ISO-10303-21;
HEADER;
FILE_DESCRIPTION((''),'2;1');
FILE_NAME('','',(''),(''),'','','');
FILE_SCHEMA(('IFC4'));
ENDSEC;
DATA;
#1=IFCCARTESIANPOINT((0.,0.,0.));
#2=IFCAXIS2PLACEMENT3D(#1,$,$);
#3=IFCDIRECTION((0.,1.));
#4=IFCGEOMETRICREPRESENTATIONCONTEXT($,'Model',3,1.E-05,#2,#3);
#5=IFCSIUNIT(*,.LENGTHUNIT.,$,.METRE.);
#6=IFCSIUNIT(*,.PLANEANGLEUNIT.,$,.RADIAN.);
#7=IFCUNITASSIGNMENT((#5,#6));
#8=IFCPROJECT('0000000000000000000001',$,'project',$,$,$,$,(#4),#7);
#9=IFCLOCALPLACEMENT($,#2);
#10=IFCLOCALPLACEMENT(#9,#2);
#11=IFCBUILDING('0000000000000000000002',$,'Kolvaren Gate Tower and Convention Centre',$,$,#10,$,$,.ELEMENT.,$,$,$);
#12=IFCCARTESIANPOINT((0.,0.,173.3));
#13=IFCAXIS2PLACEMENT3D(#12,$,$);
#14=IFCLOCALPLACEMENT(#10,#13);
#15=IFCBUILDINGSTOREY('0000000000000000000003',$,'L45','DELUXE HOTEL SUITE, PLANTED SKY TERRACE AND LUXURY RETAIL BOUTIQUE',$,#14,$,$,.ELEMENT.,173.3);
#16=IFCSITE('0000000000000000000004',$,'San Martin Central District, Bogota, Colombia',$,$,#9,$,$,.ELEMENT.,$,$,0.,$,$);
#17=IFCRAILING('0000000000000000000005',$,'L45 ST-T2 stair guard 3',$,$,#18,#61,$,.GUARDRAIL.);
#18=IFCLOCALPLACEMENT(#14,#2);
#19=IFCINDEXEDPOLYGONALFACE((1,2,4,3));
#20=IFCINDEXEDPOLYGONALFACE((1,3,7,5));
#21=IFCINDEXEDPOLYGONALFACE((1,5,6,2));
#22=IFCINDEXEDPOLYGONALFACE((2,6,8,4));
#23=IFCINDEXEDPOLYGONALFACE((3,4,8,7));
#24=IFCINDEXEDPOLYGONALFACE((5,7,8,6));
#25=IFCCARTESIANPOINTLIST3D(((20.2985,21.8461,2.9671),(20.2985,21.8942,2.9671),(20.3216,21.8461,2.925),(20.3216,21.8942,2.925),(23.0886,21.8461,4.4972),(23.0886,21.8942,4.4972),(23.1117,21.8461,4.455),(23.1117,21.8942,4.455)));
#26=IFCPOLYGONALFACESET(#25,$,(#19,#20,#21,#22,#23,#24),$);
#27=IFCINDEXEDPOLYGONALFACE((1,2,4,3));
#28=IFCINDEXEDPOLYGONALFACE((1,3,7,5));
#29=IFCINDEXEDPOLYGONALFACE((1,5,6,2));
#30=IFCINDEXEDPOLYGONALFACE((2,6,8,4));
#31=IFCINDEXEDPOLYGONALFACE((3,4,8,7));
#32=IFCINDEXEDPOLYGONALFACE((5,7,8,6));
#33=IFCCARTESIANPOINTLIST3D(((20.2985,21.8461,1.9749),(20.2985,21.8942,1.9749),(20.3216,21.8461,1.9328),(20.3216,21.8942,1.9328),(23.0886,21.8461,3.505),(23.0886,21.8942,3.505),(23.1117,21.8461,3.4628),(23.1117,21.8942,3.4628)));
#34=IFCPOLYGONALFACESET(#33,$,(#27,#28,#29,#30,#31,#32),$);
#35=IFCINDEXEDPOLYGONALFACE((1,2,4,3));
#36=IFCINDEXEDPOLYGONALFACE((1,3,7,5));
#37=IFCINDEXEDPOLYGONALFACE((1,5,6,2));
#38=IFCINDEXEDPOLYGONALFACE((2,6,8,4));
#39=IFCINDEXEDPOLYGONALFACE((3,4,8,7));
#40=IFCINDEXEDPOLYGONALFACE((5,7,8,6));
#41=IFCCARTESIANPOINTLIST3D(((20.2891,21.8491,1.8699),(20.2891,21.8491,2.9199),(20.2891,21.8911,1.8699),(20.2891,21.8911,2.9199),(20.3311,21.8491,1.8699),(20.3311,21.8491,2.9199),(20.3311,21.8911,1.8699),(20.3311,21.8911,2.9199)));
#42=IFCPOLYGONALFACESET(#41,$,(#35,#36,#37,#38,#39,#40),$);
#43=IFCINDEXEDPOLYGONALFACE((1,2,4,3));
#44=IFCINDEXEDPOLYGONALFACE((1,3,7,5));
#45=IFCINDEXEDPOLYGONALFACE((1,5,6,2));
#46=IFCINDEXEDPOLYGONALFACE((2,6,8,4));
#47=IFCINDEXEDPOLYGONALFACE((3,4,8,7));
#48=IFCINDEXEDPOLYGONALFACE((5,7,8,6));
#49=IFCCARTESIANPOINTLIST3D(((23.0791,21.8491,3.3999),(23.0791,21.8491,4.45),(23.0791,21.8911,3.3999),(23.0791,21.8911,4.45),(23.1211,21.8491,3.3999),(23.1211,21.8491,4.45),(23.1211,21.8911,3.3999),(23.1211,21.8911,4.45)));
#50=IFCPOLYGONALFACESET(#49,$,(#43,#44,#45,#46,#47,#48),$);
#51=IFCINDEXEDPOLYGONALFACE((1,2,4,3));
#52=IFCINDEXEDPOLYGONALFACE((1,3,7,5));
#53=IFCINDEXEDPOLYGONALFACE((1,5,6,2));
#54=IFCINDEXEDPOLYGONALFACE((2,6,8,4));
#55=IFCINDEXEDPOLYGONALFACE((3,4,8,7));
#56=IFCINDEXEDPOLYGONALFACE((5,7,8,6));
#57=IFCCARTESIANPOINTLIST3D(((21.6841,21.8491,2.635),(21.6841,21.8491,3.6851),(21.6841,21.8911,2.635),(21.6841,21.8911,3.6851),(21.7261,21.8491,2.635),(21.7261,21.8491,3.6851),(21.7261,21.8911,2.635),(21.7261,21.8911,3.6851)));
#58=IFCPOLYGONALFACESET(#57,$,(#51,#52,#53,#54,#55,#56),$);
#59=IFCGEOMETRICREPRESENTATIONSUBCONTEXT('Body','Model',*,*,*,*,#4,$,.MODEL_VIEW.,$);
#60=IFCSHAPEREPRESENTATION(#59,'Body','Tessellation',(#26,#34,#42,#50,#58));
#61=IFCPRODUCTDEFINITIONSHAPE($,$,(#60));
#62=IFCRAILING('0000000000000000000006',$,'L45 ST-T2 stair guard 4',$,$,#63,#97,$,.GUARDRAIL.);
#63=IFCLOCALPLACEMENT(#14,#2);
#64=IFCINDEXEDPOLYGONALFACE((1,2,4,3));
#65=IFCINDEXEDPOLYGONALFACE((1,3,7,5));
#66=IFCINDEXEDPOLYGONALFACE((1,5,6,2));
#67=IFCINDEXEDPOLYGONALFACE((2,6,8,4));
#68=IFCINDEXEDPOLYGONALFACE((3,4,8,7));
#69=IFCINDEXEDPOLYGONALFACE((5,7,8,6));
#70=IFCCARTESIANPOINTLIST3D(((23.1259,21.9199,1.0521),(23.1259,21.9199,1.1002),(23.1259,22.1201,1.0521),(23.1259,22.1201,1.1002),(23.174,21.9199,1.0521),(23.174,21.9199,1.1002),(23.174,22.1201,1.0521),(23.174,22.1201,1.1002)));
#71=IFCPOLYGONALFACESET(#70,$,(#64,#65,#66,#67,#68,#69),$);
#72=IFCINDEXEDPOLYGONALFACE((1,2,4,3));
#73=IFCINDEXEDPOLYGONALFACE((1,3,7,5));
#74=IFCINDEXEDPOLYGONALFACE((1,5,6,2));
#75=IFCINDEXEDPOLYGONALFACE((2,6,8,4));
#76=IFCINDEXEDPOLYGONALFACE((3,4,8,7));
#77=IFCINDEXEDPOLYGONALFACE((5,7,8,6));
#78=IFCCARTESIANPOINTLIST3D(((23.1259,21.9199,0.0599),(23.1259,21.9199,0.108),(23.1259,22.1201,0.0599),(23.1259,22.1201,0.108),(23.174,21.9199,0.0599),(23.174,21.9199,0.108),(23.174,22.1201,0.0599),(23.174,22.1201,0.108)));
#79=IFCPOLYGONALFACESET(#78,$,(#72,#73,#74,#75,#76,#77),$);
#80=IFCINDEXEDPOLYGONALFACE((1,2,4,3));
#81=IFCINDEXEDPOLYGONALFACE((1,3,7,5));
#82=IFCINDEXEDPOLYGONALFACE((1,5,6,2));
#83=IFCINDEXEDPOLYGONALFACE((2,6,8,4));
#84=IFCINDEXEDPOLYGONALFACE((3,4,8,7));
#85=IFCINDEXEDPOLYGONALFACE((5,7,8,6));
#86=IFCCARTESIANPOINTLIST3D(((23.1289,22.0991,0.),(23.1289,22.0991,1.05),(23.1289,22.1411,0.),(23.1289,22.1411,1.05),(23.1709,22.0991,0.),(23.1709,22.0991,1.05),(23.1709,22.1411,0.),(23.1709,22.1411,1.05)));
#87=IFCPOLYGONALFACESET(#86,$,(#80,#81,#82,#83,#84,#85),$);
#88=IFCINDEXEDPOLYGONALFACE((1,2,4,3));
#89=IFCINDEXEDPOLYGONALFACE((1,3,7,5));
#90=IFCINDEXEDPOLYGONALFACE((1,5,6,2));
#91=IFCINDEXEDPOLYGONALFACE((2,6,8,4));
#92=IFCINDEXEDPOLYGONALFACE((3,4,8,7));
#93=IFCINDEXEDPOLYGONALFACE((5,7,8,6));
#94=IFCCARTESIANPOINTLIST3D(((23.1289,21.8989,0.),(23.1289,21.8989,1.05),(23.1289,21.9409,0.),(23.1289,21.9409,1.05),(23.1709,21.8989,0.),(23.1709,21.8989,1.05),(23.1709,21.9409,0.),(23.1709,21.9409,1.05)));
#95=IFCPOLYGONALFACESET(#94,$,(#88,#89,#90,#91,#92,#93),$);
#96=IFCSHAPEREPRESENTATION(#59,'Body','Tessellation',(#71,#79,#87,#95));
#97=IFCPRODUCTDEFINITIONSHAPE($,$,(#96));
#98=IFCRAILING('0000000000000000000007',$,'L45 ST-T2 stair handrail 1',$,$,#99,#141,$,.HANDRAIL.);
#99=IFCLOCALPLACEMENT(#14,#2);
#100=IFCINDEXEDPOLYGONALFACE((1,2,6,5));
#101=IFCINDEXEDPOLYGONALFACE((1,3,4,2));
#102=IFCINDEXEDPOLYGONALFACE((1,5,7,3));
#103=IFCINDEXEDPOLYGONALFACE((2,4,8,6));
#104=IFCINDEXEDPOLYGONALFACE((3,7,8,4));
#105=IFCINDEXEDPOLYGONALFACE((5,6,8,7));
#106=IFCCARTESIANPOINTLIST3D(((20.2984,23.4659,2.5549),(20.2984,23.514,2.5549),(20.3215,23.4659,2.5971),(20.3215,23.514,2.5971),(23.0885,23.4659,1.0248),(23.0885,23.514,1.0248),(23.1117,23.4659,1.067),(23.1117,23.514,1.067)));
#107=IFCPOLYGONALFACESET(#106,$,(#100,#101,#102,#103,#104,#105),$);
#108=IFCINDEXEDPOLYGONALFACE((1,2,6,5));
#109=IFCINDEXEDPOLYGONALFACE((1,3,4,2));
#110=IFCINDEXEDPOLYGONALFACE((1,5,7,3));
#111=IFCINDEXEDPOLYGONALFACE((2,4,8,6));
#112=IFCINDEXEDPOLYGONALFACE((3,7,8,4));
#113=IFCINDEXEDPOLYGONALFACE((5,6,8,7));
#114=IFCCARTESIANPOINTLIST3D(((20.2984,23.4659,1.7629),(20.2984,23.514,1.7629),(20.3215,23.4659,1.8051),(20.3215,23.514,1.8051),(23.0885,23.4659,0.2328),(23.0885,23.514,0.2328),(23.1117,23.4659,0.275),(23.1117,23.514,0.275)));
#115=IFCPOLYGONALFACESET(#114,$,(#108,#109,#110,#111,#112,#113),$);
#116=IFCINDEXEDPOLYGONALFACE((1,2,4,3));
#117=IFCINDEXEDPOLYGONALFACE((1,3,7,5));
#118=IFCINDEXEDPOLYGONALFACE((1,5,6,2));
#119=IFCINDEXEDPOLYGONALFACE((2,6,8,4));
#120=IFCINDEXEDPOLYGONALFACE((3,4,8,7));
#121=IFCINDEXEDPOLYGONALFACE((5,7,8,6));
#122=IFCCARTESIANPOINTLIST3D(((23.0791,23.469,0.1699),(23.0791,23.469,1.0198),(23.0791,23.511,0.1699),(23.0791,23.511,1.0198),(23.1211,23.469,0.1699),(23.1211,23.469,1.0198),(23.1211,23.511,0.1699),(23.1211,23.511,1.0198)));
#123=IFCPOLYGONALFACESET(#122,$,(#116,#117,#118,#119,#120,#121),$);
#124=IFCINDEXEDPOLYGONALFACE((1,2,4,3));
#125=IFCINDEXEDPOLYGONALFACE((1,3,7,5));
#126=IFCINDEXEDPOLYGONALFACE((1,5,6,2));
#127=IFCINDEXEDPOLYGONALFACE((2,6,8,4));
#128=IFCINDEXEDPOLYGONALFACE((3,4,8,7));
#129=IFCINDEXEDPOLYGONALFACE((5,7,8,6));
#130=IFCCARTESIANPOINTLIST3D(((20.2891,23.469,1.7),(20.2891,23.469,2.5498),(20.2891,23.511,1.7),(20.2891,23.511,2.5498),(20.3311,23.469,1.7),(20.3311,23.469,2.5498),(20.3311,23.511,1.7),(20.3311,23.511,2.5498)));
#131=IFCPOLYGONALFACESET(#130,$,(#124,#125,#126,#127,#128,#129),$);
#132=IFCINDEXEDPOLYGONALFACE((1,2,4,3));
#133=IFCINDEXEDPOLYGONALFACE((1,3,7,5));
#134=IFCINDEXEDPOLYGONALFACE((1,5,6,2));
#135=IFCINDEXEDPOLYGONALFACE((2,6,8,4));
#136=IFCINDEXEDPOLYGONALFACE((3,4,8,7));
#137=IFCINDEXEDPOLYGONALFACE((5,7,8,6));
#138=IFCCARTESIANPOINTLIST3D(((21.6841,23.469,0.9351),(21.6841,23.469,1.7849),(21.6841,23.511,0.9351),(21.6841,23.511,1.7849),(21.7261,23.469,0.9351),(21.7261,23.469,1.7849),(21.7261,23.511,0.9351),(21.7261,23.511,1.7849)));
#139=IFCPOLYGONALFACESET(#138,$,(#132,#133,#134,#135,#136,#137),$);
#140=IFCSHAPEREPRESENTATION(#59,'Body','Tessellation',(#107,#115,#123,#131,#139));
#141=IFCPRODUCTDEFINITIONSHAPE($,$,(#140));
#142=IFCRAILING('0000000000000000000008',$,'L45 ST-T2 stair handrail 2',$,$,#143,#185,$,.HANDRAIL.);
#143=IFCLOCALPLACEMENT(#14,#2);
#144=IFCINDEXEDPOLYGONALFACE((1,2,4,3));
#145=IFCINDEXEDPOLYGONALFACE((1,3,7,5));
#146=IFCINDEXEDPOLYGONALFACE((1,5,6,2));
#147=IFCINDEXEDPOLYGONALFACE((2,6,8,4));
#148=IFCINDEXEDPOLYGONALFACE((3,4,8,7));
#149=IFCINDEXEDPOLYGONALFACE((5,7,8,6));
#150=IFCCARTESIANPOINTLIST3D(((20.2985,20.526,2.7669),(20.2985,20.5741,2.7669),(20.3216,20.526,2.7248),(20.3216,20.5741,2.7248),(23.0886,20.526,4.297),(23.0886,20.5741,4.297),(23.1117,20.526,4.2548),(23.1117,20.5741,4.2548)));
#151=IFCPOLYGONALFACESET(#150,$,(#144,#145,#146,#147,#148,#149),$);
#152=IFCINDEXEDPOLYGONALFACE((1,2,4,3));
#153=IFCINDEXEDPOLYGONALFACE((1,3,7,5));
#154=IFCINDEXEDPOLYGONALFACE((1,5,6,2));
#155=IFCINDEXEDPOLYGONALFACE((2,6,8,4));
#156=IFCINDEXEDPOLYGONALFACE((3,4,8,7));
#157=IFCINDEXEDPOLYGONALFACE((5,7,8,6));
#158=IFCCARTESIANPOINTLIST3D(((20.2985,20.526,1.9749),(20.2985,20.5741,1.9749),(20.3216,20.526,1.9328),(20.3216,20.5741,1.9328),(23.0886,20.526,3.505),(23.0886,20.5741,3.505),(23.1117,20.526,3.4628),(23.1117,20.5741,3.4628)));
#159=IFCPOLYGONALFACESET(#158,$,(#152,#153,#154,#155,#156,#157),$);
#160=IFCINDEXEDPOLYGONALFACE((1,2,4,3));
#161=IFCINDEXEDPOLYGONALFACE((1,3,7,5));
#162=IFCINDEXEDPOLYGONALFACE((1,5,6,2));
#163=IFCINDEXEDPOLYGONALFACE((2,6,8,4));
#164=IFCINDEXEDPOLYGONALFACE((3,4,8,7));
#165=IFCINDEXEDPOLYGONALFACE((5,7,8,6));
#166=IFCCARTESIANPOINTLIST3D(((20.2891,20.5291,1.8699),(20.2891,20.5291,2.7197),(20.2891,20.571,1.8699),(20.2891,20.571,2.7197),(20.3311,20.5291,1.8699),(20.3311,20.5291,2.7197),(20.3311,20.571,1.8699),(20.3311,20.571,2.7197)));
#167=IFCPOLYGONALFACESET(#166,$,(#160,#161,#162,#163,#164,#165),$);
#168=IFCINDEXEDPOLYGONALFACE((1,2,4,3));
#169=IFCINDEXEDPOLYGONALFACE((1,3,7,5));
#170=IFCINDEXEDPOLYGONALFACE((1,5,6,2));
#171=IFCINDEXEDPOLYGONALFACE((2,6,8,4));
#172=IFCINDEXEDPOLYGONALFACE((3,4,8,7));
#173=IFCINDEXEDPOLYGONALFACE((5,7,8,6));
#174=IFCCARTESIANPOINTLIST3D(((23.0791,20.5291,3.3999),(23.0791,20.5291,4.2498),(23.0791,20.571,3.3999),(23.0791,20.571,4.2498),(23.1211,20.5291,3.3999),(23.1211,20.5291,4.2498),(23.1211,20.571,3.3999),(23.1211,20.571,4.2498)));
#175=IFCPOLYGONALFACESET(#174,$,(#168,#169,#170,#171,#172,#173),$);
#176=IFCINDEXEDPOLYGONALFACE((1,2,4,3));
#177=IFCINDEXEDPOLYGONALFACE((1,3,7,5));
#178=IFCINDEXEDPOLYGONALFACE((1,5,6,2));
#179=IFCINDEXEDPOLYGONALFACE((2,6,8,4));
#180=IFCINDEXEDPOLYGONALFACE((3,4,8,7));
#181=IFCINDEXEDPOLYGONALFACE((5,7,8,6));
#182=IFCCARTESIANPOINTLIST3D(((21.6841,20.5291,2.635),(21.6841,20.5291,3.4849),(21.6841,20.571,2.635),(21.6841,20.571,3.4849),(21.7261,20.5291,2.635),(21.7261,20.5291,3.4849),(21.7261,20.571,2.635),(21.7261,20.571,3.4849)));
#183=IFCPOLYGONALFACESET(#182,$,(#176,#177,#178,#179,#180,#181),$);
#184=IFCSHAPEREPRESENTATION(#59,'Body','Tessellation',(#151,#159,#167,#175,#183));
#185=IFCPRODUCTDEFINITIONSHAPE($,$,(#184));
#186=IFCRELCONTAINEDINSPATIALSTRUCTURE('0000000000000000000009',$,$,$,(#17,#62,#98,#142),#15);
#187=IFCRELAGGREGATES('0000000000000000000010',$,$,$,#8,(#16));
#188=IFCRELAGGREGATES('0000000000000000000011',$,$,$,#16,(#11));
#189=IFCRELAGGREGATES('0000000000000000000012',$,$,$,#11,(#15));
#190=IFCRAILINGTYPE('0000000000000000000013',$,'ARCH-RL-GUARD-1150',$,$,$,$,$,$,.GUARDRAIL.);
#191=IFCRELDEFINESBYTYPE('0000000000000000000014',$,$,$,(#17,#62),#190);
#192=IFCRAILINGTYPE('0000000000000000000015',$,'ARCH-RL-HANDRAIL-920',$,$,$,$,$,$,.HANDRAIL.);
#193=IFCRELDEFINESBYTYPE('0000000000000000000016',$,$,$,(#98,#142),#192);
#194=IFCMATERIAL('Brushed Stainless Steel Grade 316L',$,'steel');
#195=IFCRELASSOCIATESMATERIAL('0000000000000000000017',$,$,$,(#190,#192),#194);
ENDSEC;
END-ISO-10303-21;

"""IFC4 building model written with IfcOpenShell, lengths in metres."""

from ifc_helpers import new_model, si_unit, direction, frame, origin, origin_2d, place, context, subcontext, project, spatial, rectangle, extrude, material, type_object, element, save


model = new_model("IFC4")

# Units and contexts
model_context = context("Model", 3, precision=1e-05, world=origin(), true_north=direction((0.0, 1.0)))
body_context = subcontext(model_context, "Body", "Model", "MODEL_VIEW")
ifc_project = project(units=[si_unit("LENGTHUNIT", "METRE"), si_unit("PLANEANGLEUNIT", "RADIAN")], contexts=[model_context])

# Site, building, storey
site_placement = place(None, origin())
site = spatial("IfcSite", under=ifc_project, at=site_placement, Name="San Martin Central District, Bogota, Colombia", CompositionType="ELEMENT", RefElevation=0.0)
building_placement = place(site_placement, origin())
building = spatial("IfcBuilding", under=site, at=building_placement, Name="Kolvaren Gate Tower and Convention Centre", CompositionType="ELEMENT")
storey_placement = place(building_placement, frame((0.0, 0.0, 173.3)))
storey = spatial("IfcBuildingStorey", under=building, at=storey_placement, Name="L45", Description="DELUXE HOTEL SUITE, PLANTED SKY TERRACE AND LUXURY RETAIL BOUTIQUE", CompositionType="ELEMENT", Elevation=173.3)

# Shared definitions
ifc_material_1 = material(Name="Brushed Stainless Steel Grade 316L", Category="steel")

# Railings
railing_type_1 = type_object("IfcRailingType", Name="ARCH-RL-GUARD-1150", PredefinedType="GUARDRAIL", material=ifc_material_1)
railing_1_placement = place(storey_placement, frame((20.3101, 21.8701, 1.8699)))
element("IfcRailing", 1, at=railing_1_placement, inside=storey, type_object=railing_type_1, Name="L45 ST-T2 stair guard 3", PredefinedType="GUARDRAIL", context=body_context, shape_type="SweptSolid", body=[
    extrude(rectangle(XDim=0.0481, YDim=0.0481, at=origin_2d()), frame((0.0, 0.0, 1.0762), z_axis=(0.876811, 0.0, 0.480835), x_axis=(0.0, 1.0, 0.0)), (0.0, 0.0, 1.0), 3.1821),
    extrude(rectangle(XDim=0.0481, YDim=0.0481, at=origin_2d()), frame((0.0, 0.0, 0.084), z_axis=(0.876811, 0.0, 0.480835), x_axis=(0.0, 1.0, 0.0)), (0.0, 0.0, 1.0), 3.1821),
    extrude(rectangle(XDim=0.042, YDim=0.042, at=origin_2d()), origin(), (0.0, 0.0, 1.0), 1.05),
    extrude(rectangle(XDim=0.042, YDim=0.042, at=origin_2d()), frame((2.79, 0.0, 1.53)), (0.0, 0.0, 1.0), 1.05),
    extrude(rectangle(XDim=0.042, YDim=0.042, at=origin_2d()), frame((1.395, 0.0, 0.7651)), (0.0, 0.0, 1.0), 1.05),
])
railing_2_placement = place(storey_placement, frame((23.1499, 22.1201, 0.0)))
element("IfcRailing", 2, at=railing_2_placement, inside=storey, type_object=railing_type_1, Name="L45 ST-T2 stair guard 4", PredefinedType="GUARDRAIL", context=body_context, shape_type="SweptSolid", body=[
    extrude(rectangle(XDim=0.0481, YDim=0.0481, at=origin_2d()), frame((0.0, 0.0, 1.0762), z_axis=(0.0, -1.0, 0.0), x_axis=(1.0, 0.0, 0.0)), (0.0, 0.0, 1.0), 0.2002),
    extrude(rectangle(XDim=0.0481, YDim=0.0481, at=origin_2d()), frame((0.0, 0.0, 0.084), z_axis=(0.0, -1.0, 0.0), x_axis=(1.0, 0.0, 0.0)), (0.0, 0.0, 1.0), 0.2002),
    extrude(rectangle(XDim=0.042, YDim=0.042, at=origin_2d()), origin(), (0.0, 0.0, 1.0), 1.05),
    extrude(rectangle(XDim=0.042, YDim=0.042, at=origin_2d()), frame((0.0, -0.2002, 0.0)), (0.0, 0.0, 1.0), 1.05),
])
railing_type_2 = type_object("IfcRailingType", Name="ARCH-RL-HANDRAIL-920", PredefinedType="HANDRAIL", material=ifc_material_1)
railing_3_placement = place(storey_placement, frame((23.1001, 23.49, 0.1699)))
element("IfcRailing", 3, at=railing_3_placement, inside=storey, type_object=railing_type_2, Name="L45 ST-T2 stair handrail 1", PredefinedType="HANDRAIL", context=body_context, shape_type="SweptSolid", body=[
    extrude(rectangle(XDim=0.0481, YDim=0.0481, at=origin_2d()), frame((0.0, 0.0, 0.876), z_axis=(-0.876811, 0.0, 0.480835), x_axis=(0.0, -1.0, 0.0)), (0.0, 0.0, 1.0), 3.1821),
    extrude(rectangle(XDim=0.0481, YDim=0.0481, at=origin_2d()), frame((0.0, 0.0, 0.084), z_axis=(-0.876811, 0.0, 0.480835), x_axis=(0.0, -1.0, 0.0)), (0.0, 0.0, 1.0), 3.1821),
    extrude(rectangle(XDim=0.042, YDim=0.042, at=origin_2d()), origin(), (0.0, 0.0, 1.0), 0.8499),
    extrude(rectangle(XDim=0.042, YDim=0.042, at=origin_2d()), frame((-2.79, 0.0, 1.53)), (0.0, 0.0, 1.0), 0.8499),
    extrude(rectangle(XDim=0.042, YDim=0.042, at=origin_2d()), frame((-1.395, 0.0, 0.7651)), (0.0, 0.0, 1.0), 0.8499),
])
railing_4_placement = place(storey_placement, frame((20.3101, 20.55, 1.8699)))
element("IfcRailing", 4, at=railing_4_placement, inside=storey, type_object=railing_type_2, Name="L45 ST-T2 stair handrail 2", PredefinedType="HANDRAIL", context=body_context, shape_type="SweptSolid", body=[
    extrude(rectangle(XDim=0.0481, YDim=0.0481, at=origin_2d()), frame((0.0, 0.0, 0.876), z_axis=(0.876811, 0.0, 0.480835), x_axis=(0.0, 1.0, 0.0)), (0.0, 0.0, 1.0), 3.1821),
    extrude(rectangle(XDim=0.0481, YDim=0.0481, at=origin_2d()), frame((0.0, 0.0, 0.084), z_axis=(0.876811, 0.0, 0.480835), x_axis=(0.0, 1.0, 0.0)), (0.0, 0.0, 1.0), 3.1821),
    extrude(rectangle(XDim=0.042, YDim=0.042, at=origin_2d()), origin(), (0.0, 0.0, 1.0), 0.8499),
    extrude(rectangle(XDim=0.042, YDim=0.042, at=origin_2d()), frame((2.79, 0.0, 1.53)), (0.0, 0.0, 1.0), 0.8499),
    extrude(rectangle(XDim=0.042, YDim=0.042, at=origin_2d()), frame((1.395, 0.0, 0.7651)), (0.0, 0.0, 1.0), 0.8499),
])

save(model, "model.ifc")
